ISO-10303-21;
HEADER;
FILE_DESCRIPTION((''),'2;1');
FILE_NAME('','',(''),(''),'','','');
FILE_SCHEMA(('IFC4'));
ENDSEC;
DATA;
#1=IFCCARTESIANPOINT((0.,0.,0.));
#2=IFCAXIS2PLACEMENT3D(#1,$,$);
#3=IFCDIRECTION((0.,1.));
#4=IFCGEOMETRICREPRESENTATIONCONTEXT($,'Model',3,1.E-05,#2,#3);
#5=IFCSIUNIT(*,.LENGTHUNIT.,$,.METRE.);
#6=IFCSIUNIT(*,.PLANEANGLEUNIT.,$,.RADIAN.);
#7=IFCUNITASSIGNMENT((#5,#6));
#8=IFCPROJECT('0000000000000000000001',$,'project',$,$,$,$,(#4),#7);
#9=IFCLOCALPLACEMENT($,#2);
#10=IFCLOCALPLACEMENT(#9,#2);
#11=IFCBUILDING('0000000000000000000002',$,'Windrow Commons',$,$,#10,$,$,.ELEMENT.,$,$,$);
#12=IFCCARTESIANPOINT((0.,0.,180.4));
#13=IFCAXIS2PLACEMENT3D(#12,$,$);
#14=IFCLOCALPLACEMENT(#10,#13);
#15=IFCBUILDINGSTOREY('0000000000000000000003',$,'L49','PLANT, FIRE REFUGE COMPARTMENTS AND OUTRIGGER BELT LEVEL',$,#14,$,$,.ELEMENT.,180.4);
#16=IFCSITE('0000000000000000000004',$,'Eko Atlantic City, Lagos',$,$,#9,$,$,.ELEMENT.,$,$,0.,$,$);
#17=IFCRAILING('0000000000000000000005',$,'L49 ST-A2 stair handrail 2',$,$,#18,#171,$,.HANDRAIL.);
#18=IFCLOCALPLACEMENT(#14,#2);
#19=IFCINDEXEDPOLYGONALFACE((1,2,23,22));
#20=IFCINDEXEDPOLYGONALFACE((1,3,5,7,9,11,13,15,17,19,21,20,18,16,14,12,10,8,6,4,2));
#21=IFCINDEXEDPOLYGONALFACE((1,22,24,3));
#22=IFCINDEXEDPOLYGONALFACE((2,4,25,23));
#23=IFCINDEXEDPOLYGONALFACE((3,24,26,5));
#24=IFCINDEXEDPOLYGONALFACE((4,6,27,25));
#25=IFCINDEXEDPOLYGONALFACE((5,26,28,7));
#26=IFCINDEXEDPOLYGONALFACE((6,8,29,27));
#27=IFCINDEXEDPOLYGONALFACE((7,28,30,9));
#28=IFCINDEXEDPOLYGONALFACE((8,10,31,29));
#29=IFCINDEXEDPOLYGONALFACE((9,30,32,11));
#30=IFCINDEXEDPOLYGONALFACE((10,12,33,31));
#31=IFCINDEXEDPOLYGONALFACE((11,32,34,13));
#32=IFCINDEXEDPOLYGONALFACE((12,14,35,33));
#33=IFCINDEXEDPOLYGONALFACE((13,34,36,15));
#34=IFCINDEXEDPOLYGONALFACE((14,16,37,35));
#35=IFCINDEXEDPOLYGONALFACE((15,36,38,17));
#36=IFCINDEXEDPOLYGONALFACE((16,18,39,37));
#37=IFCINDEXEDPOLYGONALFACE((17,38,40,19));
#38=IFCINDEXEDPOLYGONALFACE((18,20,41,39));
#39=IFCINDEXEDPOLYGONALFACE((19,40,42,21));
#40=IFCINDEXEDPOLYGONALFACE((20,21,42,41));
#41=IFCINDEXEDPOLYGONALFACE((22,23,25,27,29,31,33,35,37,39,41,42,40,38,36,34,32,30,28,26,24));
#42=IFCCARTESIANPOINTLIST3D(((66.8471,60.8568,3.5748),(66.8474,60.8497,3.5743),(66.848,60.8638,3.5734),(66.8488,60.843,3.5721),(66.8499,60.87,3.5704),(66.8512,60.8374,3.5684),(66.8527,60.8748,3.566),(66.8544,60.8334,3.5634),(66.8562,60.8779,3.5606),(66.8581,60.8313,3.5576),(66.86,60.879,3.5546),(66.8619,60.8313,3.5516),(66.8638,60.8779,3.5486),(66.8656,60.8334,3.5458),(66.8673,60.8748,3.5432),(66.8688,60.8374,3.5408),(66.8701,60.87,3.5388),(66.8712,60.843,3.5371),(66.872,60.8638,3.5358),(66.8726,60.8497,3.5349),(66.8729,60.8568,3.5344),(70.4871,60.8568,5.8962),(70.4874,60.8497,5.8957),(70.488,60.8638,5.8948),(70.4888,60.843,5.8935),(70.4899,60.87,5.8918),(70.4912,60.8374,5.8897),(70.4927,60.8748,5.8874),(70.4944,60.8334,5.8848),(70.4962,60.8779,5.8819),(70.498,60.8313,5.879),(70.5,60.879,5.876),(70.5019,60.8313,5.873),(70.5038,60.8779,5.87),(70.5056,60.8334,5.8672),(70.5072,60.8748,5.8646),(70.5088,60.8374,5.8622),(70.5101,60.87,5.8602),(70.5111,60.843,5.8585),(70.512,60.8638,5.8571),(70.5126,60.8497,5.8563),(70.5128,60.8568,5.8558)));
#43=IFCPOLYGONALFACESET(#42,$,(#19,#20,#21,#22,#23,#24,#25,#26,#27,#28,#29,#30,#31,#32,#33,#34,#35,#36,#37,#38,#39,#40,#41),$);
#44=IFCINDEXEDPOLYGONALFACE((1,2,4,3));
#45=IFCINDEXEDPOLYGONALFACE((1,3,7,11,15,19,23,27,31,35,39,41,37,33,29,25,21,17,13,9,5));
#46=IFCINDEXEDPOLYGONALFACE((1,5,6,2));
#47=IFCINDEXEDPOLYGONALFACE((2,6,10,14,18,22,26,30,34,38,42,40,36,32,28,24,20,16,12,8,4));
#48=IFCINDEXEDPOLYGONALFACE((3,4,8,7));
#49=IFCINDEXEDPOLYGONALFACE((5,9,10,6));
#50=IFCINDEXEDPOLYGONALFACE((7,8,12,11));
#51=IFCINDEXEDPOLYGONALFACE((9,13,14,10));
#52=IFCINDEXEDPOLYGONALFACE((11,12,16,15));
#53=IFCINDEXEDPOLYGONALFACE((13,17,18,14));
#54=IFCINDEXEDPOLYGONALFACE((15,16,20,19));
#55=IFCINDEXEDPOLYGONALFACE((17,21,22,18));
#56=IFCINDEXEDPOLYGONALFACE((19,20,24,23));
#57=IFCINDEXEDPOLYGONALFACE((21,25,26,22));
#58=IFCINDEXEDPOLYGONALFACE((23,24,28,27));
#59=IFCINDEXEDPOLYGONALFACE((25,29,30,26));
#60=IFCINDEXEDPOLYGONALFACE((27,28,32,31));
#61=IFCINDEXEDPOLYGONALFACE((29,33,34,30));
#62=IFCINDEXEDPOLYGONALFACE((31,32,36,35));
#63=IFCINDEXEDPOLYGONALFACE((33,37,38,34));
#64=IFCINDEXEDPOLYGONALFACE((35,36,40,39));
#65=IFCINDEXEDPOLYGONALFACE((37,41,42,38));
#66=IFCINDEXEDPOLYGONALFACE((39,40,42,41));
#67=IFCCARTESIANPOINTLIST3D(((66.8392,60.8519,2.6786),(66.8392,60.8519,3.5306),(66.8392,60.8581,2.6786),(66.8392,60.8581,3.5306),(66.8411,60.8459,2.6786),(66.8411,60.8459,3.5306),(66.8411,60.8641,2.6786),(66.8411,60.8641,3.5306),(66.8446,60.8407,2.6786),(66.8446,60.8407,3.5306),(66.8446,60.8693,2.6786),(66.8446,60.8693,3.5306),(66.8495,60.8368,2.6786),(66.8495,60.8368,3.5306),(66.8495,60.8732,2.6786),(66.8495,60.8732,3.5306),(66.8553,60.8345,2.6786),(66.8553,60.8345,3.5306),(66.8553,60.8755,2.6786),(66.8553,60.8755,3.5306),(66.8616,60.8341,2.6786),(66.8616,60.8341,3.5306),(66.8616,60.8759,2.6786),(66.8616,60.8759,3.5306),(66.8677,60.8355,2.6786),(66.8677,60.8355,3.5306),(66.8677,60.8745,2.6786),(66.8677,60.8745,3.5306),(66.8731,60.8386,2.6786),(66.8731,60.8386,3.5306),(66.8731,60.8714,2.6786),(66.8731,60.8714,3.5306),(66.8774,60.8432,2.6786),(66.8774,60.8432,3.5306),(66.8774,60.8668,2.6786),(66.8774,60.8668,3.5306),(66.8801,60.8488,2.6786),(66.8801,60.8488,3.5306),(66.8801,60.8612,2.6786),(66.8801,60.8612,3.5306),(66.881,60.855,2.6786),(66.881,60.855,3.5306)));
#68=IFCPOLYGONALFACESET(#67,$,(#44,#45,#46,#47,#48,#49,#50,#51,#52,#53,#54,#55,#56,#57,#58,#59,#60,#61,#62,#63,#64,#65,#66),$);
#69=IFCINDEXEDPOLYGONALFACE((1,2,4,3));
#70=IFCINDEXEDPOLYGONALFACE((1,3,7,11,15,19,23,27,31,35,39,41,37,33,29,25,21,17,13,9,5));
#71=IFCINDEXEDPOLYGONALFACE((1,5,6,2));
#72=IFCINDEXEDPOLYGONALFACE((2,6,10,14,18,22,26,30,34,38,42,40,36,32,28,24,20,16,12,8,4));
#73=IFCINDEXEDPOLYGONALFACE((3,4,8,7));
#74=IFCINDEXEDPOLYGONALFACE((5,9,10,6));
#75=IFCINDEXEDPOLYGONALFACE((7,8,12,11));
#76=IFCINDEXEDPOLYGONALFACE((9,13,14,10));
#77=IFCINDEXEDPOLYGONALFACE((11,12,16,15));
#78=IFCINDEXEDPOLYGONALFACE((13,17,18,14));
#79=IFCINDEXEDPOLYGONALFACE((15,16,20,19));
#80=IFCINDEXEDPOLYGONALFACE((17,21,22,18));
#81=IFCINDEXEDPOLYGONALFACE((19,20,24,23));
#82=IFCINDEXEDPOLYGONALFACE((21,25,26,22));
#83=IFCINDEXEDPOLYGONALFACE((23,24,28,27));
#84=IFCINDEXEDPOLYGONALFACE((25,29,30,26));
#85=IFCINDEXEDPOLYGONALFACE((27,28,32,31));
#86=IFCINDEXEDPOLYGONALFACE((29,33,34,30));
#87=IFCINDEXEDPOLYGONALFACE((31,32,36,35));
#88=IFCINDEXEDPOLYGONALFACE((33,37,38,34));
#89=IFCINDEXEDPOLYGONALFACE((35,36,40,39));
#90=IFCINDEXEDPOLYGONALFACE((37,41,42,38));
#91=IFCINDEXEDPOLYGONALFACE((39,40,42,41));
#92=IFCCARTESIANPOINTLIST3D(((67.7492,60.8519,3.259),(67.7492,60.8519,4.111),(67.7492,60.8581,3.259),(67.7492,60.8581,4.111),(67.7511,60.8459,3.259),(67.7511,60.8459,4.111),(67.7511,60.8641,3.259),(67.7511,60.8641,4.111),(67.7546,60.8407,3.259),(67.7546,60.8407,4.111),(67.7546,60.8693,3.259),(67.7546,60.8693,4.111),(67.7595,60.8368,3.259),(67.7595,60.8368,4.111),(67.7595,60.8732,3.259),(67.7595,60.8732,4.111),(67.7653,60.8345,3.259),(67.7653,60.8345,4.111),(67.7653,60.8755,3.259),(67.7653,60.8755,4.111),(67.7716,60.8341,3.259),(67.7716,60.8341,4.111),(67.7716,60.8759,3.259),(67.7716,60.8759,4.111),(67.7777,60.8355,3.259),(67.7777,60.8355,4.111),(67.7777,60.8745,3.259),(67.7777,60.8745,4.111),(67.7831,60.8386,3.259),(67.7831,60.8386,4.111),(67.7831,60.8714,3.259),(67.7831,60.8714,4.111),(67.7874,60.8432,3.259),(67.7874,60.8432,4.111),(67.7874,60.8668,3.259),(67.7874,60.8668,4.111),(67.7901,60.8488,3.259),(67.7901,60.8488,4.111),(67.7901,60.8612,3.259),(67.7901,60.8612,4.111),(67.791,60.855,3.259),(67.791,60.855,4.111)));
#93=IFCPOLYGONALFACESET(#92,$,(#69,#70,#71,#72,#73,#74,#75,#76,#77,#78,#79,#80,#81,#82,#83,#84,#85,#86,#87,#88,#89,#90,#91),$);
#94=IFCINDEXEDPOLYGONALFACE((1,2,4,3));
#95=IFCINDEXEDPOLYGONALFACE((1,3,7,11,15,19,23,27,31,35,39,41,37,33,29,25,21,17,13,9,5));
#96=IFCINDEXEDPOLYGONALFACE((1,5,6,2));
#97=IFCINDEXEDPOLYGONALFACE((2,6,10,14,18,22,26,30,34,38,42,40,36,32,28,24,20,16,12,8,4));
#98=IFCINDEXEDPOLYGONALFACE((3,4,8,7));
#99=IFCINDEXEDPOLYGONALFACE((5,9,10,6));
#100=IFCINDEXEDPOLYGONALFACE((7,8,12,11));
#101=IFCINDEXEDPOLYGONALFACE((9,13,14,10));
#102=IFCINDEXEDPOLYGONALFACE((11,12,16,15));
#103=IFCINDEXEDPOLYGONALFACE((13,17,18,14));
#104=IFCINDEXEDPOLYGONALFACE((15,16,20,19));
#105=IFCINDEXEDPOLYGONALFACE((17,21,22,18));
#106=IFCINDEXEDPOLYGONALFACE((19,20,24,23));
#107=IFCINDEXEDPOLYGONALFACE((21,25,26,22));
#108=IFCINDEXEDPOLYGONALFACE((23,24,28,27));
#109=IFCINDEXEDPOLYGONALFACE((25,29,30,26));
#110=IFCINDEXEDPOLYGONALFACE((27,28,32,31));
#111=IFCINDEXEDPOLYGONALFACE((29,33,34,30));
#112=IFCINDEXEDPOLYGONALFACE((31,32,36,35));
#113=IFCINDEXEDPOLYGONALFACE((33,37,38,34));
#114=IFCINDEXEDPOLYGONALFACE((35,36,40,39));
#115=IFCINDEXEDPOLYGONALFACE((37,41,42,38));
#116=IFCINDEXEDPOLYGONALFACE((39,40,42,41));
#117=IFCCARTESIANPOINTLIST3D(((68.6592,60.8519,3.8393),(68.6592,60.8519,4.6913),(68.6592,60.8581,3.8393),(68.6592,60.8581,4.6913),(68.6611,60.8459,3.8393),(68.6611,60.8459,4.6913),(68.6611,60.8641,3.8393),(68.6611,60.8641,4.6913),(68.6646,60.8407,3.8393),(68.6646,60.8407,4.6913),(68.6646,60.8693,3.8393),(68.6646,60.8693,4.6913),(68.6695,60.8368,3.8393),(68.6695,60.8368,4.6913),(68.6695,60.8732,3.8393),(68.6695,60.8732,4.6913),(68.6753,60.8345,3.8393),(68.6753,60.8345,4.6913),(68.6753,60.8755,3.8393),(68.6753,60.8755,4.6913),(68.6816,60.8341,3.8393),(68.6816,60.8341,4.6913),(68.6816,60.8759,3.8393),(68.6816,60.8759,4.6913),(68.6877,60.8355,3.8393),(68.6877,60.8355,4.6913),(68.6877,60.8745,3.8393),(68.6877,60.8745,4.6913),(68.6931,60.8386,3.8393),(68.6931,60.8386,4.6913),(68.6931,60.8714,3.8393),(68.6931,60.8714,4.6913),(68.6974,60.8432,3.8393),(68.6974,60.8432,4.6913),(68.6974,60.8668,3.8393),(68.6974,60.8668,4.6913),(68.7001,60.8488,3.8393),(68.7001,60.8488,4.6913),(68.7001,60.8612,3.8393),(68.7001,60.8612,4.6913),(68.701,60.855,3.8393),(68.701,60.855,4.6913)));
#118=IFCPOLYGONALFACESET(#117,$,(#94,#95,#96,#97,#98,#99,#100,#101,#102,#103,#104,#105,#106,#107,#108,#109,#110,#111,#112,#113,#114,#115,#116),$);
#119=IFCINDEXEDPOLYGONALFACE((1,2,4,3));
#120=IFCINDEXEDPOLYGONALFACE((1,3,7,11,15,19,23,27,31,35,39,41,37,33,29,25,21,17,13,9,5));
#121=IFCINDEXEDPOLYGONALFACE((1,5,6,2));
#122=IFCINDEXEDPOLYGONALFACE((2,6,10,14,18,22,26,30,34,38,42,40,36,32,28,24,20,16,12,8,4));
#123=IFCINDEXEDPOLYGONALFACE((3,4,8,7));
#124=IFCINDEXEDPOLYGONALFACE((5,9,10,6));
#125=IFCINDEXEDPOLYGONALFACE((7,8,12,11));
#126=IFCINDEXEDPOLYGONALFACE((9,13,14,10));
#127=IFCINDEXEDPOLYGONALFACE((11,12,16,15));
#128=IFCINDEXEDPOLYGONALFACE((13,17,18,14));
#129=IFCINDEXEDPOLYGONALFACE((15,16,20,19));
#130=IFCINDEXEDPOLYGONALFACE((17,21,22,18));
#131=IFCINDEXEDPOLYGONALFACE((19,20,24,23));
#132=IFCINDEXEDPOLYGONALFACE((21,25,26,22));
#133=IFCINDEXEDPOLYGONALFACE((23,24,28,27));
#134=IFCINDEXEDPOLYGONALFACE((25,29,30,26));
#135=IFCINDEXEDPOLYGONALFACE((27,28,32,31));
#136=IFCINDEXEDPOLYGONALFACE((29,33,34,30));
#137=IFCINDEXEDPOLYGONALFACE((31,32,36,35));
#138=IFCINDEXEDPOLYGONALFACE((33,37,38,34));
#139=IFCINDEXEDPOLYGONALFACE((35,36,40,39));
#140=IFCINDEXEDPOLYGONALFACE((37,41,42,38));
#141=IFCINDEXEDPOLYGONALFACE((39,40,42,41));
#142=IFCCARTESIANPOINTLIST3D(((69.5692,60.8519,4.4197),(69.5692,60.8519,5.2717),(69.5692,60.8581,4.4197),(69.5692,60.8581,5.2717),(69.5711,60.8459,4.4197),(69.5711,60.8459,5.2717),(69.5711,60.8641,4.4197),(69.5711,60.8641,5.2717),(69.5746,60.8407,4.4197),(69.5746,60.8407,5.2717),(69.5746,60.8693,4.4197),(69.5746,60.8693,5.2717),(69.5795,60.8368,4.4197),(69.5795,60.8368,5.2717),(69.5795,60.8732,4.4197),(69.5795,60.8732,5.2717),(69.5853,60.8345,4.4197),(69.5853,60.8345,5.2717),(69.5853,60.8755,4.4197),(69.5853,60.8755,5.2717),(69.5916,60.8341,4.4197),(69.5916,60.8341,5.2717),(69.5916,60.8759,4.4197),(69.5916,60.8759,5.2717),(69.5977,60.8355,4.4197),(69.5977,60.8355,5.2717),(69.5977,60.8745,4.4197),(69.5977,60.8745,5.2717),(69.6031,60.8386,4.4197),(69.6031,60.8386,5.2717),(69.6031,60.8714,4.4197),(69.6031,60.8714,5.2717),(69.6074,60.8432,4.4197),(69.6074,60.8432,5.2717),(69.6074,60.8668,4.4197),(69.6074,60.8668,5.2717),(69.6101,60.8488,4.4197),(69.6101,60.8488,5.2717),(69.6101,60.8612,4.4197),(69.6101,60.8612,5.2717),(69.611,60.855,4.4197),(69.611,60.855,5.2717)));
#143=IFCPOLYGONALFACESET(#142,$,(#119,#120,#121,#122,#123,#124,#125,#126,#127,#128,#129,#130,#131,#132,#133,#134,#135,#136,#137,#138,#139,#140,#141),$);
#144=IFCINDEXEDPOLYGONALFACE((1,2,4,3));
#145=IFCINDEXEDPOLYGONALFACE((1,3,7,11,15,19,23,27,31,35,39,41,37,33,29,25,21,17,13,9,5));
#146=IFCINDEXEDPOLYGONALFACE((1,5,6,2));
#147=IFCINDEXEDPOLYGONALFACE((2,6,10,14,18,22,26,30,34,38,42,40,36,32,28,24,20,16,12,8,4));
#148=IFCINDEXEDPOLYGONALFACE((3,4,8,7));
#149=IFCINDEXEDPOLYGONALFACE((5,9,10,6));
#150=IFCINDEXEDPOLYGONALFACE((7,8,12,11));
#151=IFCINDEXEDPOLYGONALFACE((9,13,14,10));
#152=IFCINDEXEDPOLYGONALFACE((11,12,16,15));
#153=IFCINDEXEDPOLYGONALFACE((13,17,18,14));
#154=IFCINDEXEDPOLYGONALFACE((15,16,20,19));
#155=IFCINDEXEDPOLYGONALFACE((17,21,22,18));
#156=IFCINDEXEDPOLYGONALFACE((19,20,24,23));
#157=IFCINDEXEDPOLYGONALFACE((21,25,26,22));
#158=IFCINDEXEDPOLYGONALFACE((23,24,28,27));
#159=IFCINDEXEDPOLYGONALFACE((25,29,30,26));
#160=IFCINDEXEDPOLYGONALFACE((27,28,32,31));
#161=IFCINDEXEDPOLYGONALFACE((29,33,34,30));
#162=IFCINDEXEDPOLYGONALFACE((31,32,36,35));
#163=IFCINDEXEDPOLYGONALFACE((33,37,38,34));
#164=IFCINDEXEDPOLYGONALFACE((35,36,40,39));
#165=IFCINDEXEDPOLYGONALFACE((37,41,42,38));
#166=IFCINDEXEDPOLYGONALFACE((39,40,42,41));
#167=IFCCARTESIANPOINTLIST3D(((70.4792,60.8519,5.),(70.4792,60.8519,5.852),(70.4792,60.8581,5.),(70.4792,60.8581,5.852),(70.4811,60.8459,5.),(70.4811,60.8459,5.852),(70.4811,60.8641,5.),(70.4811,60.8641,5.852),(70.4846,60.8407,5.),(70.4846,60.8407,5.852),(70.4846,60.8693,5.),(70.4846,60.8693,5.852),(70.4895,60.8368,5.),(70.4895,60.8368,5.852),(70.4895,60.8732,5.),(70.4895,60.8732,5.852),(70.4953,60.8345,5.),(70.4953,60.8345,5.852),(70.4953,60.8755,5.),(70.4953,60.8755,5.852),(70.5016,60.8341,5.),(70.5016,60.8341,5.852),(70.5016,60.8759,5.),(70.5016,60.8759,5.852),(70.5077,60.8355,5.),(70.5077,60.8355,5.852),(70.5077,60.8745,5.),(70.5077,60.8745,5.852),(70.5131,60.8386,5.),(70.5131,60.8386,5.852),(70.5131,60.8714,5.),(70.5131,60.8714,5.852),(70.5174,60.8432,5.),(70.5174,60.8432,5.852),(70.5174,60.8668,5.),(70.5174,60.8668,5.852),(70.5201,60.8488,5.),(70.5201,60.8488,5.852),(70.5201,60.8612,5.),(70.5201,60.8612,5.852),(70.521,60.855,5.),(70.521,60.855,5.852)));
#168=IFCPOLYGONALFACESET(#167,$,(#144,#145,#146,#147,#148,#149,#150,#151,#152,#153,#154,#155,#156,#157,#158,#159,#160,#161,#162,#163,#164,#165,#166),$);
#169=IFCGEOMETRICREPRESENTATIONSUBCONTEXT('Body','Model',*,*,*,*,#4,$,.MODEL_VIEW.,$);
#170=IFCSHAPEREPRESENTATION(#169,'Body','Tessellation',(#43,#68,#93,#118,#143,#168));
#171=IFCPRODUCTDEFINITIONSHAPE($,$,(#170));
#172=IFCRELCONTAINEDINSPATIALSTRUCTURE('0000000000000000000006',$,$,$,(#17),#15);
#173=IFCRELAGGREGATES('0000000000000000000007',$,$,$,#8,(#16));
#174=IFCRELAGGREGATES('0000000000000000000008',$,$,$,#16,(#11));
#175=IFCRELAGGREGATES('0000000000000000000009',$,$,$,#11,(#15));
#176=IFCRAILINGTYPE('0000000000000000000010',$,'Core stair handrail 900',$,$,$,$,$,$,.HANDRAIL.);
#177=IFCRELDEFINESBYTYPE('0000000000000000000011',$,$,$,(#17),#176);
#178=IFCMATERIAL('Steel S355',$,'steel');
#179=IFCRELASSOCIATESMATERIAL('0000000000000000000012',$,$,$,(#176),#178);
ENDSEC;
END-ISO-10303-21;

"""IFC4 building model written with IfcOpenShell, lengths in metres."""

from ifc_helpers import new_model, si_unit, direction, frame, origin, origin_2d, place, context, subcontext, project, spatial, circle, extrude, material, type_object, element, save


model = new_model("IFC4")

# Units and contexts
model_context = context("Model", 3, precision=1e-05, world=origin(), true_north=direction((0.0, 1.0)))
body_context = subcontext(model_context, "Body", "Model", "MODEL_VIEW")
ifc_project = project(units=[si_unit("LENGTHUNIT", "METRE"), si_unit("PLANEANGLEUNIT", "RADIAN")], contexts=[model_context])

# Site, building, storey
site_placement = place(None, origin())
site = spatial("IfcSite", under=ifc_project, at=site_placement, Name="Eko Atlantic City, Lagos", CompositionType="ELEMENT", RefElevation=0.0)
building_placement = place(site_placement, origin())
building = spatial("IfcBuilding", under=site, at=building_placement, Name="Windrow Commons", CompositionType="ELEMENT")
storey_placement = place(building_placement, frame((0.0, 0.0, 180.4)))
storey = spatial("IfcBuildingStorey", under=building, at=storey_placement, Name="L49", Description="PLANT, FIRE REFUGE COMPARTMENTS AND OUTRIGGER BELT LEVEL", CompositionType="ELEMENT", Elevation=180.4)

# Railing
ifc_material_1 = material(Name="Steel S355", Category="steel")
railing_type_1 = type_object("IfcRailingType", Name="Core stair handrail 900", PredefinedType="HANDRAIL", material=ifc_material_1)
railing_1_placement = place(storey_placement, frame((66.86, 60.855, 2.6786)))
element("IfcRailing", 1, at=railing_1_placement, inside=storey, type_object=railing_type_1, Name="L49 ST-A2 stair handrail 2", PredefinedType="HANDRAIL", context=body_context, shape_type="SweptSolid", body=[
    extrude(circle(Radius=0.024, at=origin_2d()), frame((0.0, 0.0, 0.876), z_axis=(0.843133, 0.0, 0.537706), x_axis=(0.0, 1.0, 0.0)), (0.0, 0.0, 1.0), 4.3172),
    extrude(circle(Radius=0.021, at=origin_2d()), origin(), (0.0, 0.0, 1.0), 0.852),
    extrude(circle(Radius=0.021, at=origin_2d()), frame((0.91, 0.0, 0.5804)), (0.0, 0.0, 1.0), 0.852),
    extrude(circle(Radius=0.021, at=origin_2d()), frame((1.82, 0.0, 1.1607)), (0.0, 0.0, 1.0), 0.852),
    extrude(circle(Radius=0.021, at=origin_2d()), frame((2.73, 0.0, 1.7411)), (0.0, 0.0, 1.0), 0.852),
    extrude(circle(Radius=0.021, at=origin_2d()), frame((3.64, 0.0, 2.3214)), (0.0, 0.0, 1.0), 0.852),
])

save(model, "model.ifc")
